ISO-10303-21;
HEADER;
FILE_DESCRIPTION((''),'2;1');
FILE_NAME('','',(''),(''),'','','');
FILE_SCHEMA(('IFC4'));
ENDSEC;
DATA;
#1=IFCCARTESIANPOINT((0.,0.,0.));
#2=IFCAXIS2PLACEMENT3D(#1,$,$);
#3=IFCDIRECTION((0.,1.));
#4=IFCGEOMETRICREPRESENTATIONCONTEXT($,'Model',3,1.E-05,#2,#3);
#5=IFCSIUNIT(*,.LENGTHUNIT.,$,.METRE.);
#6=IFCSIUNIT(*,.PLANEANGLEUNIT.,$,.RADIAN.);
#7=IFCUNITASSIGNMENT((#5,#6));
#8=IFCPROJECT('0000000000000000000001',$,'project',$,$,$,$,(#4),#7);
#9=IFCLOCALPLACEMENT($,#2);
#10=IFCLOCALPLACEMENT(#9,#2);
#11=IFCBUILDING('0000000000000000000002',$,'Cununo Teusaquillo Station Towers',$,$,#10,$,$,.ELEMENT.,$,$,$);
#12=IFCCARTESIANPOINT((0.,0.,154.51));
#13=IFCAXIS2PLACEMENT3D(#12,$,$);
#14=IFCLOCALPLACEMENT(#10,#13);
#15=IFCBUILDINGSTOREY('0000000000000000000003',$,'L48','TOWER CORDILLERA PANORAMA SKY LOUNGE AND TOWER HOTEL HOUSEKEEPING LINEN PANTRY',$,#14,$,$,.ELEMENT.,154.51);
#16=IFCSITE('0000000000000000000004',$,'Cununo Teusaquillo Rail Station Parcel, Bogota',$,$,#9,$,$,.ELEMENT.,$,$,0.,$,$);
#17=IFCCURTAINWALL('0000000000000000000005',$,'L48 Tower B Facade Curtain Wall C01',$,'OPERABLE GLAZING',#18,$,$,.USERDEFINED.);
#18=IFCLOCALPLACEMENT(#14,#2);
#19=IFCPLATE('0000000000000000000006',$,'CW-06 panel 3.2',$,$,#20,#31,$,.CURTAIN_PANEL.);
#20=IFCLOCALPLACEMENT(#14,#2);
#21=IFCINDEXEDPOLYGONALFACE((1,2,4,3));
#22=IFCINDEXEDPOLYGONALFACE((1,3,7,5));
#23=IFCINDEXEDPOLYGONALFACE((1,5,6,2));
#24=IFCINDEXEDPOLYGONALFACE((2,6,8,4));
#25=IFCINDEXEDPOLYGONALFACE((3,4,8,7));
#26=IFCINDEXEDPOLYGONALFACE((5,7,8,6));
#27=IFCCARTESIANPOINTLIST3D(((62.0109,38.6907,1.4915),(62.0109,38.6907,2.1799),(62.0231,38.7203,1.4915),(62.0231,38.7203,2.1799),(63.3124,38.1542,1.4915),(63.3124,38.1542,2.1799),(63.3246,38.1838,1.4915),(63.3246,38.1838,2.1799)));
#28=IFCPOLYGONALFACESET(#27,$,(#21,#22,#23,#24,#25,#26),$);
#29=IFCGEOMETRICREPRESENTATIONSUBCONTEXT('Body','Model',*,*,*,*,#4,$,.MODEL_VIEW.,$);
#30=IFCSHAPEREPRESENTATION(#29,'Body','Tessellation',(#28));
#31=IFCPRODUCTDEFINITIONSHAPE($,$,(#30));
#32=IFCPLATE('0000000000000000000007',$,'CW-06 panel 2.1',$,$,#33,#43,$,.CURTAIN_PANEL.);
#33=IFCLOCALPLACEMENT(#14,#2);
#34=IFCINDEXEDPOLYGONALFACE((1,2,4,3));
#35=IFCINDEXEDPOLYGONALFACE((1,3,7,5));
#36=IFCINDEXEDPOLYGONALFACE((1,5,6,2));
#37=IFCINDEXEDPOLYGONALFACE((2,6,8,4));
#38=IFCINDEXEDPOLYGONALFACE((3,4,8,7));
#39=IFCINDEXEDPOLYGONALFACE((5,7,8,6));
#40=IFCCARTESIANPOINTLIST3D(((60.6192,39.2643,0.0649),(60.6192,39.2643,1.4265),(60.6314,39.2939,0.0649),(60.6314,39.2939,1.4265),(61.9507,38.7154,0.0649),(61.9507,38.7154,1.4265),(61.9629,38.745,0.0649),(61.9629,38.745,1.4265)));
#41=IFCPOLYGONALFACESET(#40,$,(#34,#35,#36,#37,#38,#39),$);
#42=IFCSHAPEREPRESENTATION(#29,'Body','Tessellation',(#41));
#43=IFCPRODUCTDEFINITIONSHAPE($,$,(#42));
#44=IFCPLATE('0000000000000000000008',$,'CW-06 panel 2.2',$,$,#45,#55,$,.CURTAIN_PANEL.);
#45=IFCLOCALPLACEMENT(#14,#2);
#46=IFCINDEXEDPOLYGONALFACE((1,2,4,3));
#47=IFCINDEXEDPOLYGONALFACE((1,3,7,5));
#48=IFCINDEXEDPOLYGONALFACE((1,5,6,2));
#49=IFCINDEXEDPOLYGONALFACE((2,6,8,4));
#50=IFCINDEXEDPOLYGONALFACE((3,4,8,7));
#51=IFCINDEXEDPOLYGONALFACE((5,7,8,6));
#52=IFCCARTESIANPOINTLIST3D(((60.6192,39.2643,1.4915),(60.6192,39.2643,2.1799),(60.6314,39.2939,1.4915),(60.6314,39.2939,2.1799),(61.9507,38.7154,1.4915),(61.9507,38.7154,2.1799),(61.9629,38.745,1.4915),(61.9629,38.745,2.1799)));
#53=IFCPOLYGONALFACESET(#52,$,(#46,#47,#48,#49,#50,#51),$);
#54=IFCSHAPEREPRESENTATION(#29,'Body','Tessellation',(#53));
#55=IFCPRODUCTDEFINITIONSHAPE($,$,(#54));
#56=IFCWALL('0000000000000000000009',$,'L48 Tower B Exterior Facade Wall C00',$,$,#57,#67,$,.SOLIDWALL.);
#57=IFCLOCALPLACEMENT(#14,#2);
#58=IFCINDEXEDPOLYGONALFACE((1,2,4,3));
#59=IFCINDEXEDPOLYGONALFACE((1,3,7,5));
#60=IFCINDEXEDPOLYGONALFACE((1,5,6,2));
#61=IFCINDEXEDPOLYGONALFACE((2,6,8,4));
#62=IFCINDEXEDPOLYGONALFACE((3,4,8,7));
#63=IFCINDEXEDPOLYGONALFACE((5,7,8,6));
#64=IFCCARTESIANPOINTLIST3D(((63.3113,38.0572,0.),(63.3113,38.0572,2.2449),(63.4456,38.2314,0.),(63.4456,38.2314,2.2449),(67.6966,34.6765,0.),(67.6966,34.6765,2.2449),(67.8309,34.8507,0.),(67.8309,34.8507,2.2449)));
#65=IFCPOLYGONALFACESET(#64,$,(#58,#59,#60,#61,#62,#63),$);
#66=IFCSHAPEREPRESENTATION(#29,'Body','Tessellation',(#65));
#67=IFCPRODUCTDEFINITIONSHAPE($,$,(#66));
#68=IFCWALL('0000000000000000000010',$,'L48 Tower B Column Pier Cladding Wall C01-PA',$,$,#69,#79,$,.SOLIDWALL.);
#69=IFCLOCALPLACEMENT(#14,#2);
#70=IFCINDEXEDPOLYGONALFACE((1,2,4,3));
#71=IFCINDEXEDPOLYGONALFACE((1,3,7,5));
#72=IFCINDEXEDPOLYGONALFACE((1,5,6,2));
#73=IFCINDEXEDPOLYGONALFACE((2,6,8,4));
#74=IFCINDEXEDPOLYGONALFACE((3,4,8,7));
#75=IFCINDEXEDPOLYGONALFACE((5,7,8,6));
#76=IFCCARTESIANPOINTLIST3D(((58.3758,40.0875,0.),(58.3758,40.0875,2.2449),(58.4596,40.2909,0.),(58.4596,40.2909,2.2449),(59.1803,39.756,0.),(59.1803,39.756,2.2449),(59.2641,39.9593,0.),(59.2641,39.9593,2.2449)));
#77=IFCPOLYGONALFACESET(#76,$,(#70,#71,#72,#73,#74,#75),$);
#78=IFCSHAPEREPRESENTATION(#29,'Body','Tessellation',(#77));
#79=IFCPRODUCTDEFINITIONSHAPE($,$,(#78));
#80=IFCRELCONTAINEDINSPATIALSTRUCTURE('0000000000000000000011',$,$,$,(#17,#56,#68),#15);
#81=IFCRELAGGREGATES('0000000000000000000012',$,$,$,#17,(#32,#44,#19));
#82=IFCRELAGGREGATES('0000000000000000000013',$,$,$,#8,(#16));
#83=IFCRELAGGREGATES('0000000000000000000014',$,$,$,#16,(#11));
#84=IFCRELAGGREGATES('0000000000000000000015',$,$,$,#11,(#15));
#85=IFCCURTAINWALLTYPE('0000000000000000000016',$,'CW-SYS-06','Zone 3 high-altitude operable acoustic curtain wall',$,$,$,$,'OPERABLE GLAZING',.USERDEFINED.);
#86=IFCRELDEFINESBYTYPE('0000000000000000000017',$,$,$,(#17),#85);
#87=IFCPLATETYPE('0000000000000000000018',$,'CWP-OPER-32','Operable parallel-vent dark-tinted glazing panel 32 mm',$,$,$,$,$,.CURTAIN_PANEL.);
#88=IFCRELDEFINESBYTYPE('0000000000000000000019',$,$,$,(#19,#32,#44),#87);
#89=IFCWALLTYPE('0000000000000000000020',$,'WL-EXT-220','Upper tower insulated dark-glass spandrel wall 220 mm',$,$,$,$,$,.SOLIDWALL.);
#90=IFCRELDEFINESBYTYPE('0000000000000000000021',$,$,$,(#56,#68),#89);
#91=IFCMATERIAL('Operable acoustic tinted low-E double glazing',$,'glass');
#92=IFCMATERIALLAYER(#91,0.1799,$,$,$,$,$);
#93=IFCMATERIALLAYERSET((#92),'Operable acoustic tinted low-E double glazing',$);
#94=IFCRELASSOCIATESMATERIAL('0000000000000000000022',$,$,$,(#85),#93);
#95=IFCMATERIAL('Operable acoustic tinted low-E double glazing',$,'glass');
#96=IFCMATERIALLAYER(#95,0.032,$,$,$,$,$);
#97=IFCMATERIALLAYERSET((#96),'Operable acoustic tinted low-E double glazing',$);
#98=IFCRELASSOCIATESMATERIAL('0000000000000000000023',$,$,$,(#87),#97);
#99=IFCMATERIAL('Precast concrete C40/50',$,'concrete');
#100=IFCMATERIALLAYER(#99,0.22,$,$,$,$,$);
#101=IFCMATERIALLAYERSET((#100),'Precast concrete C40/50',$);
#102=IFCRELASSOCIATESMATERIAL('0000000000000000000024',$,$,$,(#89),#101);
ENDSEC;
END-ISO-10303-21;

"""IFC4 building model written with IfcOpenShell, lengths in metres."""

from ifc_helpers import new_model, si_unit, direction, frame, frame_2d, origin, origin_2d, place, context, subcontext, project, spatial, rectangle, extrude, source, transform, mapped, material, layer, layer_set, type_object, element, aggregate, save


model = new_model("IFC4")

# Units and contexts
model_context = context("Model", 3, precision=1e-05, world=origin(), true_north=direction((0.0, 1.0)))
body_context = subcontext(model_context, "Body", "Model", "MODEL_VIEW")
ifc_project = project(units=[si_unit("LENGTHUNIT", "METRE"), si_unit("PLANEANGLEUNIT", "RADIAN")], contexts=[model_context])

# Site, building, storey
site_placement = place(None, origin())
site = spatial("IfcSite", under=ifc_project, at=site_placement, Name="Cununo Teusaquillo Rail Station Parcel, Bogota", CompositionType="ELEMENT", RefElevation=0.0)
building_placement = place(site_placement, origin())
building = spatial("IfcBuilding", under=site, at=building_placement, Name="Cununo Teusaquillo Station Towers", CompositionType="ELEMENT")
storey_placement = place(building_placement, frame((0.0, 0.0, 154.51)))
storey = spatial("IfcBuildingStorey", under=building, at=storey_placement, Name="L48", Description="TOWER CORDILLERA PANORAMA SKY LOUNGE AND TOWER HOTEL HOUSEKEEPING LINEN PANTRY", CompositionType="ELEMENT", Elevation=154.51)

# Curtain wall, plates
ifc_material_1 = material(Name="Operable acoustic tinted low-E double glazing", Category="glass")
ifc_layer_1 = layer(ifc_material_1, 0.1799)
ifc_layer_set_1 = layer_set([ifc_layer_1], Name="Operable acoustic tinted low-E double glazing")
curtain_wall_type = type_object("IfcCurtainWallType", Name="CW-SYS-06", Description="Zone 3 high-altitude operable acoustic curtain wall", ElementType="OPERABLE GLAZING", PredefinedType="USERDEFINED", material=ifc_layer_set_1)
curtain_wall_placement = place(storey_placement, origin())
curtain_wall = element("IfcCurtainWall", 1, at=curtain_wall_placement, inside=storey, type_object=curtain_wall_type, Name="L48 Tower B Facade Curtain Wall C01", ObjectType="OPERABLE GLAZING", PredefinedType="USERDEFINED")
ifc_material_2 = material(Name="Operable acoustic tinted low-E double glazing", Category="glass")
ifc_layer_2 = layer(ifc_material_2, 0.032)
ifc_layer_set_2 = layer_set([ifc_layer_2], Name="Operable acoustic tinted low-E double glazing")
plate_type = type_object("IfcPlateType", Name="CWP-OPER-32", Description="Operable parallel-vent dark-tinted glazing panel 32 mm", PredefinedType="CURTAIN_PANEL", material=ifc_layer_set_2)
shared_shape_1 = source(origin(), body_context, "Body", "SweptSolid", [
    extrude(rectangle(XDim=1.4077, YDim=0.032, at=origin_2d()), origin(), (0.0, 0.0, 1.0), 0.6885),
])
plate_1_placement = place(storey_placement, frame((62.6677, 38.4373, 1.4915), z_axis=(0.0, 0.0, 1.0), x_axis=(0.924525, -0.381122, 0.0)))
plate_1 = element("IfcPlate", 2, at=plate_1_placement, type_object=plate_type, Name="CW-06 panel 3.2", PredefinedType="CURTAIN_PANEL", context=body_context, shape_type="MappedRepresentation", body=[
    mapped(shared_shape_1, transform((0.0, 0.0, 0.0), x_axis=(1.0, 0.0, 0.0), y_axis=(0.0, 1.0, 0.0), z_axis=(0.0, 0.0, 1.0), scale=1.0)),
])
shared_shape_2 = source(origin(), body_context, "Body", "SweptSolid", [
    extrude(rectangle(XDim=1.4402, YDim=0.032, at=origin_2d()), origin(), (0.0, 0.0, 1.0), 1.3616),
])
plate_2_placement = place(storey_placement, frame((61.291, 39.0046, 0.0649), z_axis=(0.0, 0.0, 1.0), x_axis=(0.924525, -0.381122, 0.0)))
plate_2 = element("IfcPlate", 3, at=plate_2_placement, type_object=plate_type, Name="CW-06 panel 2.1", PredefinedType="CURTAIN_PANEL", context=body_context, shape_type="MappedRepresentation", body=[
    mapped(shared_shape_2, transform((0.0, 0.0, 0.0), x_axis=(1.0, 0.0, 0.0), y_axis=(0.0, 1.0, 0.0), z_axis=(0.0, 0.0, 1.0), scale=1.0)),
])
shared_shape_3 = source(origin(), body_context, "Body", "SweptSolid", [
    extrude(rectangle(XDim=1.4402, YDim=0.032, at=origin_2d()), origin(), (0.0, 0.0, 1.0), 0.6885),
])
plate_3_placement = place(storey_placement, frame((61.291, 39.0046, 1.4915), z_axis=(0.0, 0.0, 1.0), x_axis=(0.924525, -0.381122, 0.0)))
plate_3 = element("IfcPlate", 4, at=plate_3_placement, type_object=plate_type, Name="CW-06 panel 2.2", PredefinedType="CURTAIN_PANEL", context=body_context, shape_type="MappedRepresentation", body=[
    mapped(shared_shape_3, transform((0.0, 0.0, 0.0), x_axis=(1.0, 0.0, 0.0), y_axis=(0.0, 1.0, 0.0), z_axis=(0.0, 0.0, 1.0), scale=1.0)),
])
aggregate(curtain_wall, [plate_2, plate_3, plate_1])

# Walls
ifc_material_3 = material(Name="Precast concrete C40/50", Category="concrete")
ifc_layer_3 = layer(ifc_material_3, 0.22)
ifc_layer_set_3 = layer_set([ifc_layer_3], Name="Precast concrete C40/50")
wall_type = type_object("IfcWallType", Name="WL-EXT-220", Description="Upper tower insulated dark-glass spandrel wall 220 mm", PredefinedType="SOLIDWALL", material=ifc_layer_set_3)
wall_1_placement = place(storey_placement, frame((63.3784, 38.1443, 0.0), z_axis=(0.0, 0.0, 1.0), x_axis=(0.791983, -0.610544, 0.0)))
element("IfcWall", 5, at=wall_1_placement, inside=storey, type_object=wall_type, Name="L48 Tower B Exterior Facade Wall C00", PredefinedType="SOLIDWALL", context=body_context, shape_type="SweptSolid", body=[
    extrude(rectangle(XDim=5.5371, YDim=0.22, at=frame_2d((2.7686, 0.0))), origin(), (0.0, 0.0, 1.0), 2.2449),
])
wall_2_placement = place(storey_placement, frame((58.4177, 40.1892, 0.0), z_axis=(0.0, 0.0, 1.0), x_axis=(0.924556, -0.381046, 0.0)))
element("IfcWall", 6, at=wall_2_placement, inside=storey, type_object=wall_type, Name="L48 Tower B Column Pier Cladding Wall C01-PA", PredefinedType="SOLIDWALL", context=body_context, shape_type="SweptSolid", body=[
    extrude(rectangle(XDim=0.8701, YDim=0.22, at=frame_2d((0.4351, 0.0))), origin(), (0.0, 0.0, 1.0), 2.2449),
])

save(model, "model.ifc")
